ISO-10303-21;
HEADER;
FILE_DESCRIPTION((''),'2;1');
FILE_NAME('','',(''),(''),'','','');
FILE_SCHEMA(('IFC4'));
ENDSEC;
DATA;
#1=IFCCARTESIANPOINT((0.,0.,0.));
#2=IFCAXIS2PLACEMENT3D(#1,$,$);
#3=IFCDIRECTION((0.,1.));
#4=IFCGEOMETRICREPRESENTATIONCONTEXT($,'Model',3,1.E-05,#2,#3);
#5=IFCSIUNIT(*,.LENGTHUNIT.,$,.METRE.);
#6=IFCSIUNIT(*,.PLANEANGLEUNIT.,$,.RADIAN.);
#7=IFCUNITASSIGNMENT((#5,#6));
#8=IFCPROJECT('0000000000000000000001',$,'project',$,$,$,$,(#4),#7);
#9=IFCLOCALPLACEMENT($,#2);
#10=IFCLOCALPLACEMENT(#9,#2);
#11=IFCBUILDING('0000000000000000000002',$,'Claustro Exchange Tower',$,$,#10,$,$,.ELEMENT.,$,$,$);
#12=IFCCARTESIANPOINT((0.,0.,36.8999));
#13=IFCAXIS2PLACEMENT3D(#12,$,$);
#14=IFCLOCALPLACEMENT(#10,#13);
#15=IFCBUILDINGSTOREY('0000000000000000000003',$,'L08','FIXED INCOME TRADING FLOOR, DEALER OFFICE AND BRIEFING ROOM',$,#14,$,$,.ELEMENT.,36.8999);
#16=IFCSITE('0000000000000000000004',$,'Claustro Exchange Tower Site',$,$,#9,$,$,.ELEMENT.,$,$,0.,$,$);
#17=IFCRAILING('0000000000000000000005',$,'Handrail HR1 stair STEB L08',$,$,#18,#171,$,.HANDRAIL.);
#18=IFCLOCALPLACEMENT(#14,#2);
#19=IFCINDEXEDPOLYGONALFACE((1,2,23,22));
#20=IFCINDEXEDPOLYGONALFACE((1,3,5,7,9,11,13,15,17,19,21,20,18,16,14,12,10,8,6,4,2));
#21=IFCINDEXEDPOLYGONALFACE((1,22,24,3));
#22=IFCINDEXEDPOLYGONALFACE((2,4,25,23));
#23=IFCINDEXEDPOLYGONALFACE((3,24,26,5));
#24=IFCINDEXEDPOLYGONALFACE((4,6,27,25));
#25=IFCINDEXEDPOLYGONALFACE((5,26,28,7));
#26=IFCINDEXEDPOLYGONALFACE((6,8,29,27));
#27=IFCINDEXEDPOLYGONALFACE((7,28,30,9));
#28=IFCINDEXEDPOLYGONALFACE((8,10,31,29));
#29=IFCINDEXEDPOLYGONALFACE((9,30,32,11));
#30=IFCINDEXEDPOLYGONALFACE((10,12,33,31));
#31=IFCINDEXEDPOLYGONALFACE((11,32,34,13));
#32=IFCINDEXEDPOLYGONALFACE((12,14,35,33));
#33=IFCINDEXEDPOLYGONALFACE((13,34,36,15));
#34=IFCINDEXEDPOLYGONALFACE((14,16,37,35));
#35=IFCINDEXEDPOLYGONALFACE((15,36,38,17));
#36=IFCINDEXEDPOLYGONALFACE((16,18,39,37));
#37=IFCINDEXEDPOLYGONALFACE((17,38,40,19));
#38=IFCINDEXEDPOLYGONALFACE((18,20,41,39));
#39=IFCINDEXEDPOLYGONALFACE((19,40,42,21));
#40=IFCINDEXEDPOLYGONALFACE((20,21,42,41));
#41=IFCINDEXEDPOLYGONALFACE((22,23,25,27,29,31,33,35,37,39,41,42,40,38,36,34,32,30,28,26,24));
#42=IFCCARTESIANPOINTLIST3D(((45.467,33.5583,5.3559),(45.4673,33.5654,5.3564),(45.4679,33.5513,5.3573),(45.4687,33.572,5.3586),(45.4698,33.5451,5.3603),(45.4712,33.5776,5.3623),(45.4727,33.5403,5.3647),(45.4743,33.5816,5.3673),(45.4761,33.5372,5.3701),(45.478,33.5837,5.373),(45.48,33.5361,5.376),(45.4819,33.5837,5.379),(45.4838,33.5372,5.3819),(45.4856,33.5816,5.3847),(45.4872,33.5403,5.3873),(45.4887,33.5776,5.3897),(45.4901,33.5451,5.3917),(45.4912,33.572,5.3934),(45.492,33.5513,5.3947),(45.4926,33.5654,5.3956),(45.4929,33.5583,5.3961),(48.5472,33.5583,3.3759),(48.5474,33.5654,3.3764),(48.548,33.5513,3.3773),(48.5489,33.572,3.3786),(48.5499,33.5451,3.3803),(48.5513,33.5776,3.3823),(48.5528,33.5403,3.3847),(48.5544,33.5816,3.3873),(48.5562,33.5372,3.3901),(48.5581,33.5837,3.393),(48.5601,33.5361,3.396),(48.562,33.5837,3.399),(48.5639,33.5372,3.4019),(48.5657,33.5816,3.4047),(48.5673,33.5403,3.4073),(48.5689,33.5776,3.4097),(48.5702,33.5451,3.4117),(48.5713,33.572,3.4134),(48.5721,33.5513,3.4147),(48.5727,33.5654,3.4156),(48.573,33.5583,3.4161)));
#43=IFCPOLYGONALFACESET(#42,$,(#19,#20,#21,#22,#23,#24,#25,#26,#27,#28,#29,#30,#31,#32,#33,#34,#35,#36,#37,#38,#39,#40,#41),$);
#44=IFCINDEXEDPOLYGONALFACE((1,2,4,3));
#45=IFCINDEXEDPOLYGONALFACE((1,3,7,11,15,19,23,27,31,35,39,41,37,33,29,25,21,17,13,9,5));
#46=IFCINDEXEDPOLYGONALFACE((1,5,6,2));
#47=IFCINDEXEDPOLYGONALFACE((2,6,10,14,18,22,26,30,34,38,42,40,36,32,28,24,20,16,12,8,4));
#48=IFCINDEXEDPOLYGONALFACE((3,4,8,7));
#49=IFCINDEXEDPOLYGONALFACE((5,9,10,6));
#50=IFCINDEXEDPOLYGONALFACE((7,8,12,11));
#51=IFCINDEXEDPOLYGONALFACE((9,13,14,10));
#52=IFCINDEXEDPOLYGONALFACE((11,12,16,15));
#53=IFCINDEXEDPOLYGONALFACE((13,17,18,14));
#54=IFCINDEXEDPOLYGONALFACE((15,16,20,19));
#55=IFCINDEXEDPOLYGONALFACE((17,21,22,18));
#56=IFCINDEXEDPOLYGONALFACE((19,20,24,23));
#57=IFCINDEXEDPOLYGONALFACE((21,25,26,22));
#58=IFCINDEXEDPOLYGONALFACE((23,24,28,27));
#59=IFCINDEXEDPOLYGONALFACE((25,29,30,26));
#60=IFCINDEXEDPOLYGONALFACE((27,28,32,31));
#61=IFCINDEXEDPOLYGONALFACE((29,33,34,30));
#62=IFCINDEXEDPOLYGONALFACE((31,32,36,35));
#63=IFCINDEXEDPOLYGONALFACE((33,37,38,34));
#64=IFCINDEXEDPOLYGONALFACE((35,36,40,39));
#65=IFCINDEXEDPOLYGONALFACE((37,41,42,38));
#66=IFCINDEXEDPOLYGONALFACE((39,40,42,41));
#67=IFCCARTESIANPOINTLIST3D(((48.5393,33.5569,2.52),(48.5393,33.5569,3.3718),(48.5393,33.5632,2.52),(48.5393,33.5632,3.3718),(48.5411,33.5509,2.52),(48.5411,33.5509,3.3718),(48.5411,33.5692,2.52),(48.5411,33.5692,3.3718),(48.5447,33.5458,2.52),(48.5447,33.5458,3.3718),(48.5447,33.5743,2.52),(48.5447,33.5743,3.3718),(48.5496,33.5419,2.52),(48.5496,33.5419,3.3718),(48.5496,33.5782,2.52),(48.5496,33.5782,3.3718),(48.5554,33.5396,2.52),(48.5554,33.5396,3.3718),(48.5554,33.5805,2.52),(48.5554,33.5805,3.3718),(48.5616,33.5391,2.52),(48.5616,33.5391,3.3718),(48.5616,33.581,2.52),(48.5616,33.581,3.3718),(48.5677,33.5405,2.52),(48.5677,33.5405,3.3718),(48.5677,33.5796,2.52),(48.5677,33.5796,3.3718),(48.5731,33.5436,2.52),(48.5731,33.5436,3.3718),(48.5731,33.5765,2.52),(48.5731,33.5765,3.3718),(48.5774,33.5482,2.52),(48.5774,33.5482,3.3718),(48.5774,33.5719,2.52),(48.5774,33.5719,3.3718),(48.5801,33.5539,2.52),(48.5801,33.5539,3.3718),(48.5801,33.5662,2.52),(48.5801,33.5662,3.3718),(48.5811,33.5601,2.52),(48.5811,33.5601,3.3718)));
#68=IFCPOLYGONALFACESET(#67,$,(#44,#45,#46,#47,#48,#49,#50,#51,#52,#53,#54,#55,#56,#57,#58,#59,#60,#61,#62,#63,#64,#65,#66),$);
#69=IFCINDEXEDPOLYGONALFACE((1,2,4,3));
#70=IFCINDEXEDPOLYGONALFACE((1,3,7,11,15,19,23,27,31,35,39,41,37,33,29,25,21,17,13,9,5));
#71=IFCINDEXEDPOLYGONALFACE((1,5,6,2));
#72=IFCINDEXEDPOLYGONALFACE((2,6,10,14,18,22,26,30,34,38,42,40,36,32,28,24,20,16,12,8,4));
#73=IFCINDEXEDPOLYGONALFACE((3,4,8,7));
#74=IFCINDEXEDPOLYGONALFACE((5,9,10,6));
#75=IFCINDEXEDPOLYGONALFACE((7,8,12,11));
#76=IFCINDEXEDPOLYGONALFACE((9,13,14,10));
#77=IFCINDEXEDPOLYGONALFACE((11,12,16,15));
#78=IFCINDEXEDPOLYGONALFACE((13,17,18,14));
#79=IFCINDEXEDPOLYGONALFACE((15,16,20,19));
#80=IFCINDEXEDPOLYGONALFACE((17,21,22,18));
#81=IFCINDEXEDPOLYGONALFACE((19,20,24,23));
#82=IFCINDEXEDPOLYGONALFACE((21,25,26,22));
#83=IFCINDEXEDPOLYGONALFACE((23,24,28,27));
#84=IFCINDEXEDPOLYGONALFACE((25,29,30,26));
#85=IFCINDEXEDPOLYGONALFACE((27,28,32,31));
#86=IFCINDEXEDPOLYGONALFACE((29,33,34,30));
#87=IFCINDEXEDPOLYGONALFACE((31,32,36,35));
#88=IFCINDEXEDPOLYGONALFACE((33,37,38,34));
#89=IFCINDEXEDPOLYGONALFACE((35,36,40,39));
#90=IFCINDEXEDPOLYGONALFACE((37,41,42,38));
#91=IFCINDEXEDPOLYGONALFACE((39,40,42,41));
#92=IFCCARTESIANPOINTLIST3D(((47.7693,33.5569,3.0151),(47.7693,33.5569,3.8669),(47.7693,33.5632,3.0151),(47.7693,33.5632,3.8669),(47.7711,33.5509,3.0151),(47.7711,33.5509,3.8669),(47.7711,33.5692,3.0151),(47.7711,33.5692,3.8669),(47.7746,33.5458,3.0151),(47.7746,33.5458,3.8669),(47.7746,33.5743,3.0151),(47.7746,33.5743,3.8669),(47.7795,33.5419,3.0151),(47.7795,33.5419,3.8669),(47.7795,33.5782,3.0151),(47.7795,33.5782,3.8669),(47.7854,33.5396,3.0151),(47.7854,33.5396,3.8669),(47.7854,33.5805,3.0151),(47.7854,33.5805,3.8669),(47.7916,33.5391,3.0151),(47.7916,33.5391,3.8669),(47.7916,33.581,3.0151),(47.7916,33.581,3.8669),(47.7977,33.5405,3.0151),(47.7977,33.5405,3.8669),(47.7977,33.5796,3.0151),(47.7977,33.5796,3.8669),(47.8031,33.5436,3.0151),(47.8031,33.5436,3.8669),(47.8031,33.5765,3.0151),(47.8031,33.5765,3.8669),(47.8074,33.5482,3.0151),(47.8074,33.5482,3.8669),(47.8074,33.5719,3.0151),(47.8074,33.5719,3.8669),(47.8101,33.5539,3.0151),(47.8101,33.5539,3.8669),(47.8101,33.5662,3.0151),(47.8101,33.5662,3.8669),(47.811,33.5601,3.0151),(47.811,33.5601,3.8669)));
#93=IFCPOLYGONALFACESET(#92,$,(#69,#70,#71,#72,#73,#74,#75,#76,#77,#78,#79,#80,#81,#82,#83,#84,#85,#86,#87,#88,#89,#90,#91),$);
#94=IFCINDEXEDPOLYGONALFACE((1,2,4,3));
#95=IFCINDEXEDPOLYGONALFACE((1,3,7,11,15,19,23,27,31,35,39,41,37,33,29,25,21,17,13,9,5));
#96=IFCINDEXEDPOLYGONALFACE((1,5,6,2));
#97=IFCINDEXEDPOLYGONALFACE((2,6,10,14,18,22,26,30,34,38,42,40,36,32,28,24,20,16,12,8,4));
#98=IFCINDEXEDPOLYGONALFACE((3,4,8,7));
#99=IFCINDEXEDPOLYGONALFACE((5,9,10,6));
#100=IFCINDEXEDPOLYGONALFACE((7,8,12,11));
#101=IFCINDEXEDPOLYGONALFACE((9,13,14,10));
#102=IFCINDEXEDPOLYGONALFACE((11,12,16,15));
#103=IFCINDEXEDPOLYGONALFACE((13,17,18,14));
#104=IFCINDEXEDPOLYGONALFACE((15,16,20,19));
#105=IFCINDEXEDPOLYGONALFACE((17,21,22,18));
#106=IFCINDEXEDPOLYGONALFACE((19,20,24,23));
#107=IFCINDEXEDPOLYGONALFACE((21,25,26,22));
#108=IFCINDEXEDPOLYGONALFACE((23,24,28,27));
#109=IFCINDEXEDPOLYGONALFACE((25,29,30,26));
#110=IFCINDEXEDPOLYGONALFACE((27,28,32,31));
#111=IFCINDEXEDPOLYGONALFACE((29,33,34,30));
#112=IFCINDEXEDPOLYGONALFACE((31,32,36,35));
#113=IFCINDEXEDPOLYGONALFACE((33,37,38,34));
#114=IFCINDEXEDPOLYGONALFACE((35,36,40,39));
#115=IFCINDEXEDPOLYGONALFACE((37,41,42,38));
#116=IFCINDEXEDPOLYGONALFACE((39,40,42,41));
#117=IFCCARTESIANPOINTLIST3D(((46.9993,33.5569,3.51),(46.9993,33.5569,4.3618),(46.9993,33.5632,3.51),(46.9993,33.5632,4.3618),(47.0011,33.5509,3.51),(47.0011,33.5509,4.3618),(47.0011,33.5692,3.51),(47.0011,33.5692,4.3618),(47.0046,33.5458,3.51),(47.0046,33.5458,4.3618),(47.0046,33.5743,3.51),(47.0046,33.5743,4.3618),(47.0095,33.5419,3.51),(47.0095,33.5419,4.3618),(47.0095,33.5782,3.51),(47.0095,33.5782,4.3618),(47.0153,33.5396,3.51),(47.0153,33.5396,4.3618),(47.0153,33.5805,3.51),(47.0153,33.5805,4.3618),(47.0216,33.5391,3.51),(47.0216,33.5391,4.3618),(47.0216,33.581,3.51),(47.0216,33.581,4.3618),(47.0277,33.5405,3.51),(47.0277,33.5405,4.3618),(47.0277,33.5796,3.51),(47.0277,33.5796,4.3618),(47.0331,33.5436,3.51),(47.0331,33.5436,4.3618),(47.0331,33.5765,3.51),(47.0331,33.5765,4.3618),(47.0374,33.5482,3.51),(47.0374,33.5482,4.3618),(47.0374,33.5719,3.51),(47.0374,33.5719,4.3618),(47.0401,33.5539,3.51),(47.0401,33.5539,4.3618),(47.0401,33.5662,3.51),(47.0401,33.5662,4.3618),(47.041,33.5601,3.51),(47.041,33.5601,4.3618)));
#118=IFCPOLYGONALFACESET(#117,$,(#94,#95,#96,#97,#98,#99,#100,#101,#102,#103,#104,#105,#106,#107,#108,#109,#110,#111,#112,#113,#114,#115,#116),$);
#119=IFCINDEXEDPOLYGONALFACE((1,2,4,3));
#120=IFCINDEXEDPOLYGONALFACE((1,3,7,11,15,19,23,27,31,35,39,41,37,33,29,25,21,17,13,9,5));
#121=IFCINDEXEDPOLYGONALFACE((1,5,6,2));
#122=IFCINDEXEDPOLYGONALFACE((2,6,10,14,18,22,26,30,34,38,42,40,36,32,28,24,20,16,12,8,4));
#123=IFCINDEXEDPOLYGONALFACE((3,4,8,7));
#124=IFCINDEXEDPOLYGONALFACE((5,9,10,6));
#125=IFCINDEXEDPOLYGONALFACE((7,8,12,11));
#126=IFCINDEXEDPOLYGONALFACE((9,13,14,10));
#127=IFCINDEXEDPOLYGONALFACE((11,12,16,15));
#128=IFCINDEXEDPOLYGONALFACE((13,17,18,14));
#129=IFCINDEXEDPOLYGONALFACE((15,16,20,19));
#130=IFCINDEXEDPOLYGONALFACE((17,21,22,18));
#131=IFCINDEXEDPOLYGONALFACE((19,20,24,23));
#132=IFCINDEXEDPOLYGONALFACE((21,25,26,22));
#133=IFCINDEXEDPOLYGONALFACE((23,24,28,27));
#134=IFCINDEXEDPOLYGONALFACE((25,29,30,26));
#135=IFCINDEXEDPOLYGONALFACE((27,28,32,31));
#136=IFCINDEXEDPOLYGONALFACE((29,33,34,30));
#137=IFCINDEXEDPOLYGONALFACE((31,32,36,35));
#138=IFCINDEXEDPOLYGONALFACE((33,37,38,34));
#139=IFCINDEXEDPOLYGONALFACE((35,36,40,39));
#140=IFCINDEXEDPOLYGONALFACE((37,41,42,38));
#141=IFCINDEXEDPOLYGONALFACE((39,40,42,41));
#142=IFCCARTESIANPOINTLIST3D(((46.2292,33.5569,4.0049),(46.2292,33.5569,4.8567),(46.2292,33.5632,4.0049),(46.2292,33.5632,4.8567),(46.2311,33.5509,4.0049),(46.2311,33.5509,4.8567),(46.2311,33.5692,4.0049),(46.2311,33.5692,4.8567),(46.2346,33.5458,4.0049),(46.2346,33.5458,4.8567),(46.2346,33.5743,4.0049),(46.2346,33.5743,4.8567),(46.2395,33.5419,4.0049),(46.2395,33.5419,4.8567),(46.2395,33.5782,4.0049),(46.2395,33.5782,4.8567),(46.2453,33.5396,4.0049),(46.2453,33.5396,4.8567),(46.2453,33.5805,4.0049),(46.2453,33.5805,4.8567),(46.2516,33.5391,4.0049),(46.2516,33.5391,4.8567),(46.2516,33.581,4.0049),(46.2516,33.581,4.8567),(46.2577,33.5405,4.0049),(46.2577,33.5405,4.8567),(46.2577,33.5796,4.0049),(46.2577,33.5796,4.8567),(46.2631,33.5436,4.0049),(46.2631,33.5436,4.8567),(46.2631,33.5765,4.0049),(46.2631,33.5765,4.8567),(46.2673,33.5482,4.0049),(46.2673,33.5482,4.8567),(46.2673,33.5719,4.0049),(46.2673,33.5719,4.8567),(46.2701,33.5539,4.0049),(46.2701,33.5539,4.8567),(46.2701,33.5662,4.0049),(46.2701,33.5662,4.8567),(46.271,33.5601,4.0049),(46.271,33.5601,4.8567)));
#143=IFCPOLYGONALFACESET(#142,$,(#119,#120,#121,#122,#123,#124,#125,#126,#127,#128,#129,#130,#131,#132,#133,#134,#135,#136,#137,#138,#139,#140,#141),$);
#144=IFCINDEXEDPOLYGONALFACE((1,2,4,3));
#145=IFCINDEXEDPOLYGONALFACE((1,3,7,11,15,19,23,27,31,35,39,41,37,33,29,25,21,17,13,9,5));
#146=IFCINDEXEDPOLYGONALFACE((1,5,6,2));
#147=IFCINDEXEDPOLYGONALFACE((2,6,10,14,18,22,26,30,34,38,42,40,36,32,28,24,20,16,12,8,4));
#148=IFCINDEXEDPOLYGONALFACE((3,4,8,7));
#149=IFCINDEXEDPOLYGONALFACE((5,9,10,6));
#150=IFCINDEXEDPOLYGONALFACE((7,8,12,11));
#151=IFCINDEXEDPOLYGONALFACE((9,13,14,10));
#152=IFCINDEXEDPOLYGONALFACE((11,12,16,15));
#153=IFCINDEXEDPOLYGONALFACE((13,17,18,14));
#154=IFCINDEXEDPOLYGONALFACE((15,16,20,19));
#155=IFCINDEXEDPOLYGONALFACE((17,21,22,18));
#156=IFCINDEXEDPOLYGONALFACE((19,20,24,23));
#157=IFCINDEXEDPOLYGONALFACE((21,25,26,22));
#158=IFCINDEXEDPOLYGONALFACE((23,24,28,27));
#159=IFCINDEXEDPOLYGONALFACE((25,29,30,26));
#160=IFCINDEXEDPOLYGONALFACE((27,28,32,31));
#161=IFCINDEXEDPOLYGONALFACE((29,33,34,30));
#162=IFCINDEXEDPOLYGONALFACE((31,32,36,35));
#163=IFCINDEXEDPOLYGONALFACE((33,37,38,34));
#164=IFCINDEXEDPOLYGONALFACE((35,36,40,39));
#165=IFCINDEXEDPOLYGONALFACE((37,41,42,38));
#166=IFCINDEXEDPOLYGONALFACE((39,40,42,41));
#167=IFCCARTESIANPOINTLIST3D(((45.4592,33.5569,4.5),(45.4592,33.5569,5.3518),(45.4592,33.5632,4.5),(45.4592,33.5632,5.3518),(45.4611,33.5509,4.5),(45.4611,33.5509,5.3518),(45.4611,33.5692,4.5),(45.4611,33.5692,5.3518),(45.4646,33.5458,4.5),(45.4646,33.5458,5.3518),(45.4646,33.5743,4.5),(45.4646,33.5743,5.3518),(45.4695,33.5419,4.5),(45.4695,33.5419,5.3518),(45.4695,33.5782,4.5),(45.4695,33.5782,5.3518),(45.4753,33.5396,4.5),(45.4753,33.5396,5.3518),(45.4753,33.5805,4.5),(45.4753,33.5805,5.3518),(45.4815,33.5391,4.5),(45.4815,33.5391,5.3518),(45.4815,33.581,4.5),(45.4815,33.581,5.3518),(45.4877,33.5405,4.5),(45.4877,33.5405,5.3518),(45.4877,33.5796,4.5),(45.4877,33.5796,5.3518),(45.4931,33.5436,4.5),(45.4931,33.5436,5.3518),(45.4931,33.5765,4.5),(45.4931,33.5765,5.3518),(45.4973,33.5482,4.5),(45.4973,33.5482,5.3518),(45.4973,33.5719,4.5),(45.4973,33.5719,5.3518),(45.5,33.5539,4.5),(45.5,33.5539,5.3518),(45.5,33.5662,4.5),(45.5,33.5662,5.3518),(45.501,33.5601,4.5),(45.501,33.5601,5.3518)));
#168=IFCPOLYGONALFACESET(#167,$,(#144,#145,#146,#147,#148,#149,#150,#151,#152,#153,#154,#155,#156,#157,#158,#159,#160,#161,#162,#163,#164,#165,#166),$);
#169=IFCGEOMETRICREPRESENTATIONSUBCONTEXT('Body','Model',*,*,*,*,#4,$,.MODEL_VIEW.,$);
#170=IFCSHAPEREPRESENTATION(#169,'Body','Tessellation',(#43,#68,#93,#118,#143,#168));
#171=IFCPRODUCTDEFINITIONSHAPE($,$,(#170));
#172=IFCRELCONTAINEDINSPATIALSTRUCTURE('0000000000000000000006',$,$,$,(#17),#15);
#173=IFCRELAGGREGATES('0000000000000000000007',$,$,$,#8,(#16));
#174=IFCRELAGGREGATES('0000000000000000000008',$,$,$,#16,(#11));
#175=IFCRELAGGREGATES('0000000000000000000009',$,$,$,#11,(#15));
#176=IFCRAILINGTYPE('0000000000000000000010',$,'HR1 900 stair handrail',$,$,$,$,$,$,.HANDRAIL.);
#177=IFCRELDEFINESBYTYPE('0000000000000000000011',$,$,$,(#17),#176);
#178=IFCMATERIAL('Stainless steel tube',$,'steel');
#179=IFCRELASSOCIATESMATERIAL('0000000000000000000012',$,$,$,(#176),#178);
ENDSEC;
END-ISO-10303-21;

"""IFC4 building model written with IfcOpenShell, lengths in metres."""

from ifc_helpers import new_model, si_unit, direction, frame, origin, origin_2d, place, context, subcontext, project, spatial, circle, extrude, material, type_object, element, save


model = new_model("IFC4")

# Units and contexts
model_context = context("Model", 3, precision=1e-05, world=origin(), true_north=direction((0.0, 1.0)))
body_context = subcontext(model_context, "Body", "Model", "MODEL_VIEW")
ifc_project = project(units=[si_unit("LENGTHUNIT", "METRE"), si_unit("PLANEANGLEUNIT", "RADIAN")], contexts=[model_context])

# Site, building, storey
site_placement = place(None, origin())
site = spatial("IfcSite", under=ifc_project, at=site_placement, Name="Claustro Exchange Tower Site", CompositionType="ELEMENT", RefElevation=0.0)
building_placement = place(site_placement, origin())
building = spatial("IfcBuilding", under=site, at=building_placement, Name="Claustro Exchange Tower", CompositionType="ELEMENT")
storey_placement = place(building_placement, frame((0.0, 0.0, 36.8999)))
storey = spatial("IfcBuildingStorey", under=building, at=storey_placement, Name="L08", Description="FIXED INCOME TRADING FLOOR, DEALER OFFICE AND BRIEFING ROOM", CompositionType="ELEMENT", Elevation=36.8999)

# Railing
ifc_material_1 = material(Name="Stainless steel tube", Category="steel")
railing_type_1 = type_object("IfcRailingType", Name="HR1 900 stair handrail", PredefinedType="HANDRAIL", material=ifc_material_1)
railing_1_placement = place(storey_placement, frame((48.5601, 33.5601, 2.52)))
element("IfcRailing", 1, at=railing_1_placement, inside=storey, type_object=railing_type_1, Name="Handrail HR1 stair STEB L08", PredefinedType="HANDRAIL", context=body_context, shape_type="SweptSolid", body=[
    extrude(circle(Radius=0.0239, at=origin_2d()), frame((0.0, 0.0, 0.876), z_axis=(-0.841187, 0.0, 0.540744), x_axis=(0.0, -1.0, 0.0)), (0.0, 0.0, 1.0), 3.6616),
    extrude(circle(Radius=0.021, at=origin_2d()), origin(), (0.0, 0.0, 1.0), 0.8518),
    extrude(circle(Radius=0.021, at=origin_2d()), frame((-0.77, 0.0, 0.4951)), (0.0, 0.0, 1.0), 0.8518),
    extrude(circle(Radius=0.021, at=origin_2d()), frame((-1.54, 0.0, 0.99)), (0.0, 0.0, 1.0), 0.8518),
    extrude(circle(Radius=0.021, at=origin_2d()), frame((-2.3101, 0.0, 1.4849)), (0.0, 0.0, 1.0), 0.8518),
    extrude(circle(Radius=0.021, at=origin_2d()), frame((-3.0801, 0.0, 1.98)), (0.0, 0.0, 1.0), 0.8518),
])

save(model, "model.ifc")
